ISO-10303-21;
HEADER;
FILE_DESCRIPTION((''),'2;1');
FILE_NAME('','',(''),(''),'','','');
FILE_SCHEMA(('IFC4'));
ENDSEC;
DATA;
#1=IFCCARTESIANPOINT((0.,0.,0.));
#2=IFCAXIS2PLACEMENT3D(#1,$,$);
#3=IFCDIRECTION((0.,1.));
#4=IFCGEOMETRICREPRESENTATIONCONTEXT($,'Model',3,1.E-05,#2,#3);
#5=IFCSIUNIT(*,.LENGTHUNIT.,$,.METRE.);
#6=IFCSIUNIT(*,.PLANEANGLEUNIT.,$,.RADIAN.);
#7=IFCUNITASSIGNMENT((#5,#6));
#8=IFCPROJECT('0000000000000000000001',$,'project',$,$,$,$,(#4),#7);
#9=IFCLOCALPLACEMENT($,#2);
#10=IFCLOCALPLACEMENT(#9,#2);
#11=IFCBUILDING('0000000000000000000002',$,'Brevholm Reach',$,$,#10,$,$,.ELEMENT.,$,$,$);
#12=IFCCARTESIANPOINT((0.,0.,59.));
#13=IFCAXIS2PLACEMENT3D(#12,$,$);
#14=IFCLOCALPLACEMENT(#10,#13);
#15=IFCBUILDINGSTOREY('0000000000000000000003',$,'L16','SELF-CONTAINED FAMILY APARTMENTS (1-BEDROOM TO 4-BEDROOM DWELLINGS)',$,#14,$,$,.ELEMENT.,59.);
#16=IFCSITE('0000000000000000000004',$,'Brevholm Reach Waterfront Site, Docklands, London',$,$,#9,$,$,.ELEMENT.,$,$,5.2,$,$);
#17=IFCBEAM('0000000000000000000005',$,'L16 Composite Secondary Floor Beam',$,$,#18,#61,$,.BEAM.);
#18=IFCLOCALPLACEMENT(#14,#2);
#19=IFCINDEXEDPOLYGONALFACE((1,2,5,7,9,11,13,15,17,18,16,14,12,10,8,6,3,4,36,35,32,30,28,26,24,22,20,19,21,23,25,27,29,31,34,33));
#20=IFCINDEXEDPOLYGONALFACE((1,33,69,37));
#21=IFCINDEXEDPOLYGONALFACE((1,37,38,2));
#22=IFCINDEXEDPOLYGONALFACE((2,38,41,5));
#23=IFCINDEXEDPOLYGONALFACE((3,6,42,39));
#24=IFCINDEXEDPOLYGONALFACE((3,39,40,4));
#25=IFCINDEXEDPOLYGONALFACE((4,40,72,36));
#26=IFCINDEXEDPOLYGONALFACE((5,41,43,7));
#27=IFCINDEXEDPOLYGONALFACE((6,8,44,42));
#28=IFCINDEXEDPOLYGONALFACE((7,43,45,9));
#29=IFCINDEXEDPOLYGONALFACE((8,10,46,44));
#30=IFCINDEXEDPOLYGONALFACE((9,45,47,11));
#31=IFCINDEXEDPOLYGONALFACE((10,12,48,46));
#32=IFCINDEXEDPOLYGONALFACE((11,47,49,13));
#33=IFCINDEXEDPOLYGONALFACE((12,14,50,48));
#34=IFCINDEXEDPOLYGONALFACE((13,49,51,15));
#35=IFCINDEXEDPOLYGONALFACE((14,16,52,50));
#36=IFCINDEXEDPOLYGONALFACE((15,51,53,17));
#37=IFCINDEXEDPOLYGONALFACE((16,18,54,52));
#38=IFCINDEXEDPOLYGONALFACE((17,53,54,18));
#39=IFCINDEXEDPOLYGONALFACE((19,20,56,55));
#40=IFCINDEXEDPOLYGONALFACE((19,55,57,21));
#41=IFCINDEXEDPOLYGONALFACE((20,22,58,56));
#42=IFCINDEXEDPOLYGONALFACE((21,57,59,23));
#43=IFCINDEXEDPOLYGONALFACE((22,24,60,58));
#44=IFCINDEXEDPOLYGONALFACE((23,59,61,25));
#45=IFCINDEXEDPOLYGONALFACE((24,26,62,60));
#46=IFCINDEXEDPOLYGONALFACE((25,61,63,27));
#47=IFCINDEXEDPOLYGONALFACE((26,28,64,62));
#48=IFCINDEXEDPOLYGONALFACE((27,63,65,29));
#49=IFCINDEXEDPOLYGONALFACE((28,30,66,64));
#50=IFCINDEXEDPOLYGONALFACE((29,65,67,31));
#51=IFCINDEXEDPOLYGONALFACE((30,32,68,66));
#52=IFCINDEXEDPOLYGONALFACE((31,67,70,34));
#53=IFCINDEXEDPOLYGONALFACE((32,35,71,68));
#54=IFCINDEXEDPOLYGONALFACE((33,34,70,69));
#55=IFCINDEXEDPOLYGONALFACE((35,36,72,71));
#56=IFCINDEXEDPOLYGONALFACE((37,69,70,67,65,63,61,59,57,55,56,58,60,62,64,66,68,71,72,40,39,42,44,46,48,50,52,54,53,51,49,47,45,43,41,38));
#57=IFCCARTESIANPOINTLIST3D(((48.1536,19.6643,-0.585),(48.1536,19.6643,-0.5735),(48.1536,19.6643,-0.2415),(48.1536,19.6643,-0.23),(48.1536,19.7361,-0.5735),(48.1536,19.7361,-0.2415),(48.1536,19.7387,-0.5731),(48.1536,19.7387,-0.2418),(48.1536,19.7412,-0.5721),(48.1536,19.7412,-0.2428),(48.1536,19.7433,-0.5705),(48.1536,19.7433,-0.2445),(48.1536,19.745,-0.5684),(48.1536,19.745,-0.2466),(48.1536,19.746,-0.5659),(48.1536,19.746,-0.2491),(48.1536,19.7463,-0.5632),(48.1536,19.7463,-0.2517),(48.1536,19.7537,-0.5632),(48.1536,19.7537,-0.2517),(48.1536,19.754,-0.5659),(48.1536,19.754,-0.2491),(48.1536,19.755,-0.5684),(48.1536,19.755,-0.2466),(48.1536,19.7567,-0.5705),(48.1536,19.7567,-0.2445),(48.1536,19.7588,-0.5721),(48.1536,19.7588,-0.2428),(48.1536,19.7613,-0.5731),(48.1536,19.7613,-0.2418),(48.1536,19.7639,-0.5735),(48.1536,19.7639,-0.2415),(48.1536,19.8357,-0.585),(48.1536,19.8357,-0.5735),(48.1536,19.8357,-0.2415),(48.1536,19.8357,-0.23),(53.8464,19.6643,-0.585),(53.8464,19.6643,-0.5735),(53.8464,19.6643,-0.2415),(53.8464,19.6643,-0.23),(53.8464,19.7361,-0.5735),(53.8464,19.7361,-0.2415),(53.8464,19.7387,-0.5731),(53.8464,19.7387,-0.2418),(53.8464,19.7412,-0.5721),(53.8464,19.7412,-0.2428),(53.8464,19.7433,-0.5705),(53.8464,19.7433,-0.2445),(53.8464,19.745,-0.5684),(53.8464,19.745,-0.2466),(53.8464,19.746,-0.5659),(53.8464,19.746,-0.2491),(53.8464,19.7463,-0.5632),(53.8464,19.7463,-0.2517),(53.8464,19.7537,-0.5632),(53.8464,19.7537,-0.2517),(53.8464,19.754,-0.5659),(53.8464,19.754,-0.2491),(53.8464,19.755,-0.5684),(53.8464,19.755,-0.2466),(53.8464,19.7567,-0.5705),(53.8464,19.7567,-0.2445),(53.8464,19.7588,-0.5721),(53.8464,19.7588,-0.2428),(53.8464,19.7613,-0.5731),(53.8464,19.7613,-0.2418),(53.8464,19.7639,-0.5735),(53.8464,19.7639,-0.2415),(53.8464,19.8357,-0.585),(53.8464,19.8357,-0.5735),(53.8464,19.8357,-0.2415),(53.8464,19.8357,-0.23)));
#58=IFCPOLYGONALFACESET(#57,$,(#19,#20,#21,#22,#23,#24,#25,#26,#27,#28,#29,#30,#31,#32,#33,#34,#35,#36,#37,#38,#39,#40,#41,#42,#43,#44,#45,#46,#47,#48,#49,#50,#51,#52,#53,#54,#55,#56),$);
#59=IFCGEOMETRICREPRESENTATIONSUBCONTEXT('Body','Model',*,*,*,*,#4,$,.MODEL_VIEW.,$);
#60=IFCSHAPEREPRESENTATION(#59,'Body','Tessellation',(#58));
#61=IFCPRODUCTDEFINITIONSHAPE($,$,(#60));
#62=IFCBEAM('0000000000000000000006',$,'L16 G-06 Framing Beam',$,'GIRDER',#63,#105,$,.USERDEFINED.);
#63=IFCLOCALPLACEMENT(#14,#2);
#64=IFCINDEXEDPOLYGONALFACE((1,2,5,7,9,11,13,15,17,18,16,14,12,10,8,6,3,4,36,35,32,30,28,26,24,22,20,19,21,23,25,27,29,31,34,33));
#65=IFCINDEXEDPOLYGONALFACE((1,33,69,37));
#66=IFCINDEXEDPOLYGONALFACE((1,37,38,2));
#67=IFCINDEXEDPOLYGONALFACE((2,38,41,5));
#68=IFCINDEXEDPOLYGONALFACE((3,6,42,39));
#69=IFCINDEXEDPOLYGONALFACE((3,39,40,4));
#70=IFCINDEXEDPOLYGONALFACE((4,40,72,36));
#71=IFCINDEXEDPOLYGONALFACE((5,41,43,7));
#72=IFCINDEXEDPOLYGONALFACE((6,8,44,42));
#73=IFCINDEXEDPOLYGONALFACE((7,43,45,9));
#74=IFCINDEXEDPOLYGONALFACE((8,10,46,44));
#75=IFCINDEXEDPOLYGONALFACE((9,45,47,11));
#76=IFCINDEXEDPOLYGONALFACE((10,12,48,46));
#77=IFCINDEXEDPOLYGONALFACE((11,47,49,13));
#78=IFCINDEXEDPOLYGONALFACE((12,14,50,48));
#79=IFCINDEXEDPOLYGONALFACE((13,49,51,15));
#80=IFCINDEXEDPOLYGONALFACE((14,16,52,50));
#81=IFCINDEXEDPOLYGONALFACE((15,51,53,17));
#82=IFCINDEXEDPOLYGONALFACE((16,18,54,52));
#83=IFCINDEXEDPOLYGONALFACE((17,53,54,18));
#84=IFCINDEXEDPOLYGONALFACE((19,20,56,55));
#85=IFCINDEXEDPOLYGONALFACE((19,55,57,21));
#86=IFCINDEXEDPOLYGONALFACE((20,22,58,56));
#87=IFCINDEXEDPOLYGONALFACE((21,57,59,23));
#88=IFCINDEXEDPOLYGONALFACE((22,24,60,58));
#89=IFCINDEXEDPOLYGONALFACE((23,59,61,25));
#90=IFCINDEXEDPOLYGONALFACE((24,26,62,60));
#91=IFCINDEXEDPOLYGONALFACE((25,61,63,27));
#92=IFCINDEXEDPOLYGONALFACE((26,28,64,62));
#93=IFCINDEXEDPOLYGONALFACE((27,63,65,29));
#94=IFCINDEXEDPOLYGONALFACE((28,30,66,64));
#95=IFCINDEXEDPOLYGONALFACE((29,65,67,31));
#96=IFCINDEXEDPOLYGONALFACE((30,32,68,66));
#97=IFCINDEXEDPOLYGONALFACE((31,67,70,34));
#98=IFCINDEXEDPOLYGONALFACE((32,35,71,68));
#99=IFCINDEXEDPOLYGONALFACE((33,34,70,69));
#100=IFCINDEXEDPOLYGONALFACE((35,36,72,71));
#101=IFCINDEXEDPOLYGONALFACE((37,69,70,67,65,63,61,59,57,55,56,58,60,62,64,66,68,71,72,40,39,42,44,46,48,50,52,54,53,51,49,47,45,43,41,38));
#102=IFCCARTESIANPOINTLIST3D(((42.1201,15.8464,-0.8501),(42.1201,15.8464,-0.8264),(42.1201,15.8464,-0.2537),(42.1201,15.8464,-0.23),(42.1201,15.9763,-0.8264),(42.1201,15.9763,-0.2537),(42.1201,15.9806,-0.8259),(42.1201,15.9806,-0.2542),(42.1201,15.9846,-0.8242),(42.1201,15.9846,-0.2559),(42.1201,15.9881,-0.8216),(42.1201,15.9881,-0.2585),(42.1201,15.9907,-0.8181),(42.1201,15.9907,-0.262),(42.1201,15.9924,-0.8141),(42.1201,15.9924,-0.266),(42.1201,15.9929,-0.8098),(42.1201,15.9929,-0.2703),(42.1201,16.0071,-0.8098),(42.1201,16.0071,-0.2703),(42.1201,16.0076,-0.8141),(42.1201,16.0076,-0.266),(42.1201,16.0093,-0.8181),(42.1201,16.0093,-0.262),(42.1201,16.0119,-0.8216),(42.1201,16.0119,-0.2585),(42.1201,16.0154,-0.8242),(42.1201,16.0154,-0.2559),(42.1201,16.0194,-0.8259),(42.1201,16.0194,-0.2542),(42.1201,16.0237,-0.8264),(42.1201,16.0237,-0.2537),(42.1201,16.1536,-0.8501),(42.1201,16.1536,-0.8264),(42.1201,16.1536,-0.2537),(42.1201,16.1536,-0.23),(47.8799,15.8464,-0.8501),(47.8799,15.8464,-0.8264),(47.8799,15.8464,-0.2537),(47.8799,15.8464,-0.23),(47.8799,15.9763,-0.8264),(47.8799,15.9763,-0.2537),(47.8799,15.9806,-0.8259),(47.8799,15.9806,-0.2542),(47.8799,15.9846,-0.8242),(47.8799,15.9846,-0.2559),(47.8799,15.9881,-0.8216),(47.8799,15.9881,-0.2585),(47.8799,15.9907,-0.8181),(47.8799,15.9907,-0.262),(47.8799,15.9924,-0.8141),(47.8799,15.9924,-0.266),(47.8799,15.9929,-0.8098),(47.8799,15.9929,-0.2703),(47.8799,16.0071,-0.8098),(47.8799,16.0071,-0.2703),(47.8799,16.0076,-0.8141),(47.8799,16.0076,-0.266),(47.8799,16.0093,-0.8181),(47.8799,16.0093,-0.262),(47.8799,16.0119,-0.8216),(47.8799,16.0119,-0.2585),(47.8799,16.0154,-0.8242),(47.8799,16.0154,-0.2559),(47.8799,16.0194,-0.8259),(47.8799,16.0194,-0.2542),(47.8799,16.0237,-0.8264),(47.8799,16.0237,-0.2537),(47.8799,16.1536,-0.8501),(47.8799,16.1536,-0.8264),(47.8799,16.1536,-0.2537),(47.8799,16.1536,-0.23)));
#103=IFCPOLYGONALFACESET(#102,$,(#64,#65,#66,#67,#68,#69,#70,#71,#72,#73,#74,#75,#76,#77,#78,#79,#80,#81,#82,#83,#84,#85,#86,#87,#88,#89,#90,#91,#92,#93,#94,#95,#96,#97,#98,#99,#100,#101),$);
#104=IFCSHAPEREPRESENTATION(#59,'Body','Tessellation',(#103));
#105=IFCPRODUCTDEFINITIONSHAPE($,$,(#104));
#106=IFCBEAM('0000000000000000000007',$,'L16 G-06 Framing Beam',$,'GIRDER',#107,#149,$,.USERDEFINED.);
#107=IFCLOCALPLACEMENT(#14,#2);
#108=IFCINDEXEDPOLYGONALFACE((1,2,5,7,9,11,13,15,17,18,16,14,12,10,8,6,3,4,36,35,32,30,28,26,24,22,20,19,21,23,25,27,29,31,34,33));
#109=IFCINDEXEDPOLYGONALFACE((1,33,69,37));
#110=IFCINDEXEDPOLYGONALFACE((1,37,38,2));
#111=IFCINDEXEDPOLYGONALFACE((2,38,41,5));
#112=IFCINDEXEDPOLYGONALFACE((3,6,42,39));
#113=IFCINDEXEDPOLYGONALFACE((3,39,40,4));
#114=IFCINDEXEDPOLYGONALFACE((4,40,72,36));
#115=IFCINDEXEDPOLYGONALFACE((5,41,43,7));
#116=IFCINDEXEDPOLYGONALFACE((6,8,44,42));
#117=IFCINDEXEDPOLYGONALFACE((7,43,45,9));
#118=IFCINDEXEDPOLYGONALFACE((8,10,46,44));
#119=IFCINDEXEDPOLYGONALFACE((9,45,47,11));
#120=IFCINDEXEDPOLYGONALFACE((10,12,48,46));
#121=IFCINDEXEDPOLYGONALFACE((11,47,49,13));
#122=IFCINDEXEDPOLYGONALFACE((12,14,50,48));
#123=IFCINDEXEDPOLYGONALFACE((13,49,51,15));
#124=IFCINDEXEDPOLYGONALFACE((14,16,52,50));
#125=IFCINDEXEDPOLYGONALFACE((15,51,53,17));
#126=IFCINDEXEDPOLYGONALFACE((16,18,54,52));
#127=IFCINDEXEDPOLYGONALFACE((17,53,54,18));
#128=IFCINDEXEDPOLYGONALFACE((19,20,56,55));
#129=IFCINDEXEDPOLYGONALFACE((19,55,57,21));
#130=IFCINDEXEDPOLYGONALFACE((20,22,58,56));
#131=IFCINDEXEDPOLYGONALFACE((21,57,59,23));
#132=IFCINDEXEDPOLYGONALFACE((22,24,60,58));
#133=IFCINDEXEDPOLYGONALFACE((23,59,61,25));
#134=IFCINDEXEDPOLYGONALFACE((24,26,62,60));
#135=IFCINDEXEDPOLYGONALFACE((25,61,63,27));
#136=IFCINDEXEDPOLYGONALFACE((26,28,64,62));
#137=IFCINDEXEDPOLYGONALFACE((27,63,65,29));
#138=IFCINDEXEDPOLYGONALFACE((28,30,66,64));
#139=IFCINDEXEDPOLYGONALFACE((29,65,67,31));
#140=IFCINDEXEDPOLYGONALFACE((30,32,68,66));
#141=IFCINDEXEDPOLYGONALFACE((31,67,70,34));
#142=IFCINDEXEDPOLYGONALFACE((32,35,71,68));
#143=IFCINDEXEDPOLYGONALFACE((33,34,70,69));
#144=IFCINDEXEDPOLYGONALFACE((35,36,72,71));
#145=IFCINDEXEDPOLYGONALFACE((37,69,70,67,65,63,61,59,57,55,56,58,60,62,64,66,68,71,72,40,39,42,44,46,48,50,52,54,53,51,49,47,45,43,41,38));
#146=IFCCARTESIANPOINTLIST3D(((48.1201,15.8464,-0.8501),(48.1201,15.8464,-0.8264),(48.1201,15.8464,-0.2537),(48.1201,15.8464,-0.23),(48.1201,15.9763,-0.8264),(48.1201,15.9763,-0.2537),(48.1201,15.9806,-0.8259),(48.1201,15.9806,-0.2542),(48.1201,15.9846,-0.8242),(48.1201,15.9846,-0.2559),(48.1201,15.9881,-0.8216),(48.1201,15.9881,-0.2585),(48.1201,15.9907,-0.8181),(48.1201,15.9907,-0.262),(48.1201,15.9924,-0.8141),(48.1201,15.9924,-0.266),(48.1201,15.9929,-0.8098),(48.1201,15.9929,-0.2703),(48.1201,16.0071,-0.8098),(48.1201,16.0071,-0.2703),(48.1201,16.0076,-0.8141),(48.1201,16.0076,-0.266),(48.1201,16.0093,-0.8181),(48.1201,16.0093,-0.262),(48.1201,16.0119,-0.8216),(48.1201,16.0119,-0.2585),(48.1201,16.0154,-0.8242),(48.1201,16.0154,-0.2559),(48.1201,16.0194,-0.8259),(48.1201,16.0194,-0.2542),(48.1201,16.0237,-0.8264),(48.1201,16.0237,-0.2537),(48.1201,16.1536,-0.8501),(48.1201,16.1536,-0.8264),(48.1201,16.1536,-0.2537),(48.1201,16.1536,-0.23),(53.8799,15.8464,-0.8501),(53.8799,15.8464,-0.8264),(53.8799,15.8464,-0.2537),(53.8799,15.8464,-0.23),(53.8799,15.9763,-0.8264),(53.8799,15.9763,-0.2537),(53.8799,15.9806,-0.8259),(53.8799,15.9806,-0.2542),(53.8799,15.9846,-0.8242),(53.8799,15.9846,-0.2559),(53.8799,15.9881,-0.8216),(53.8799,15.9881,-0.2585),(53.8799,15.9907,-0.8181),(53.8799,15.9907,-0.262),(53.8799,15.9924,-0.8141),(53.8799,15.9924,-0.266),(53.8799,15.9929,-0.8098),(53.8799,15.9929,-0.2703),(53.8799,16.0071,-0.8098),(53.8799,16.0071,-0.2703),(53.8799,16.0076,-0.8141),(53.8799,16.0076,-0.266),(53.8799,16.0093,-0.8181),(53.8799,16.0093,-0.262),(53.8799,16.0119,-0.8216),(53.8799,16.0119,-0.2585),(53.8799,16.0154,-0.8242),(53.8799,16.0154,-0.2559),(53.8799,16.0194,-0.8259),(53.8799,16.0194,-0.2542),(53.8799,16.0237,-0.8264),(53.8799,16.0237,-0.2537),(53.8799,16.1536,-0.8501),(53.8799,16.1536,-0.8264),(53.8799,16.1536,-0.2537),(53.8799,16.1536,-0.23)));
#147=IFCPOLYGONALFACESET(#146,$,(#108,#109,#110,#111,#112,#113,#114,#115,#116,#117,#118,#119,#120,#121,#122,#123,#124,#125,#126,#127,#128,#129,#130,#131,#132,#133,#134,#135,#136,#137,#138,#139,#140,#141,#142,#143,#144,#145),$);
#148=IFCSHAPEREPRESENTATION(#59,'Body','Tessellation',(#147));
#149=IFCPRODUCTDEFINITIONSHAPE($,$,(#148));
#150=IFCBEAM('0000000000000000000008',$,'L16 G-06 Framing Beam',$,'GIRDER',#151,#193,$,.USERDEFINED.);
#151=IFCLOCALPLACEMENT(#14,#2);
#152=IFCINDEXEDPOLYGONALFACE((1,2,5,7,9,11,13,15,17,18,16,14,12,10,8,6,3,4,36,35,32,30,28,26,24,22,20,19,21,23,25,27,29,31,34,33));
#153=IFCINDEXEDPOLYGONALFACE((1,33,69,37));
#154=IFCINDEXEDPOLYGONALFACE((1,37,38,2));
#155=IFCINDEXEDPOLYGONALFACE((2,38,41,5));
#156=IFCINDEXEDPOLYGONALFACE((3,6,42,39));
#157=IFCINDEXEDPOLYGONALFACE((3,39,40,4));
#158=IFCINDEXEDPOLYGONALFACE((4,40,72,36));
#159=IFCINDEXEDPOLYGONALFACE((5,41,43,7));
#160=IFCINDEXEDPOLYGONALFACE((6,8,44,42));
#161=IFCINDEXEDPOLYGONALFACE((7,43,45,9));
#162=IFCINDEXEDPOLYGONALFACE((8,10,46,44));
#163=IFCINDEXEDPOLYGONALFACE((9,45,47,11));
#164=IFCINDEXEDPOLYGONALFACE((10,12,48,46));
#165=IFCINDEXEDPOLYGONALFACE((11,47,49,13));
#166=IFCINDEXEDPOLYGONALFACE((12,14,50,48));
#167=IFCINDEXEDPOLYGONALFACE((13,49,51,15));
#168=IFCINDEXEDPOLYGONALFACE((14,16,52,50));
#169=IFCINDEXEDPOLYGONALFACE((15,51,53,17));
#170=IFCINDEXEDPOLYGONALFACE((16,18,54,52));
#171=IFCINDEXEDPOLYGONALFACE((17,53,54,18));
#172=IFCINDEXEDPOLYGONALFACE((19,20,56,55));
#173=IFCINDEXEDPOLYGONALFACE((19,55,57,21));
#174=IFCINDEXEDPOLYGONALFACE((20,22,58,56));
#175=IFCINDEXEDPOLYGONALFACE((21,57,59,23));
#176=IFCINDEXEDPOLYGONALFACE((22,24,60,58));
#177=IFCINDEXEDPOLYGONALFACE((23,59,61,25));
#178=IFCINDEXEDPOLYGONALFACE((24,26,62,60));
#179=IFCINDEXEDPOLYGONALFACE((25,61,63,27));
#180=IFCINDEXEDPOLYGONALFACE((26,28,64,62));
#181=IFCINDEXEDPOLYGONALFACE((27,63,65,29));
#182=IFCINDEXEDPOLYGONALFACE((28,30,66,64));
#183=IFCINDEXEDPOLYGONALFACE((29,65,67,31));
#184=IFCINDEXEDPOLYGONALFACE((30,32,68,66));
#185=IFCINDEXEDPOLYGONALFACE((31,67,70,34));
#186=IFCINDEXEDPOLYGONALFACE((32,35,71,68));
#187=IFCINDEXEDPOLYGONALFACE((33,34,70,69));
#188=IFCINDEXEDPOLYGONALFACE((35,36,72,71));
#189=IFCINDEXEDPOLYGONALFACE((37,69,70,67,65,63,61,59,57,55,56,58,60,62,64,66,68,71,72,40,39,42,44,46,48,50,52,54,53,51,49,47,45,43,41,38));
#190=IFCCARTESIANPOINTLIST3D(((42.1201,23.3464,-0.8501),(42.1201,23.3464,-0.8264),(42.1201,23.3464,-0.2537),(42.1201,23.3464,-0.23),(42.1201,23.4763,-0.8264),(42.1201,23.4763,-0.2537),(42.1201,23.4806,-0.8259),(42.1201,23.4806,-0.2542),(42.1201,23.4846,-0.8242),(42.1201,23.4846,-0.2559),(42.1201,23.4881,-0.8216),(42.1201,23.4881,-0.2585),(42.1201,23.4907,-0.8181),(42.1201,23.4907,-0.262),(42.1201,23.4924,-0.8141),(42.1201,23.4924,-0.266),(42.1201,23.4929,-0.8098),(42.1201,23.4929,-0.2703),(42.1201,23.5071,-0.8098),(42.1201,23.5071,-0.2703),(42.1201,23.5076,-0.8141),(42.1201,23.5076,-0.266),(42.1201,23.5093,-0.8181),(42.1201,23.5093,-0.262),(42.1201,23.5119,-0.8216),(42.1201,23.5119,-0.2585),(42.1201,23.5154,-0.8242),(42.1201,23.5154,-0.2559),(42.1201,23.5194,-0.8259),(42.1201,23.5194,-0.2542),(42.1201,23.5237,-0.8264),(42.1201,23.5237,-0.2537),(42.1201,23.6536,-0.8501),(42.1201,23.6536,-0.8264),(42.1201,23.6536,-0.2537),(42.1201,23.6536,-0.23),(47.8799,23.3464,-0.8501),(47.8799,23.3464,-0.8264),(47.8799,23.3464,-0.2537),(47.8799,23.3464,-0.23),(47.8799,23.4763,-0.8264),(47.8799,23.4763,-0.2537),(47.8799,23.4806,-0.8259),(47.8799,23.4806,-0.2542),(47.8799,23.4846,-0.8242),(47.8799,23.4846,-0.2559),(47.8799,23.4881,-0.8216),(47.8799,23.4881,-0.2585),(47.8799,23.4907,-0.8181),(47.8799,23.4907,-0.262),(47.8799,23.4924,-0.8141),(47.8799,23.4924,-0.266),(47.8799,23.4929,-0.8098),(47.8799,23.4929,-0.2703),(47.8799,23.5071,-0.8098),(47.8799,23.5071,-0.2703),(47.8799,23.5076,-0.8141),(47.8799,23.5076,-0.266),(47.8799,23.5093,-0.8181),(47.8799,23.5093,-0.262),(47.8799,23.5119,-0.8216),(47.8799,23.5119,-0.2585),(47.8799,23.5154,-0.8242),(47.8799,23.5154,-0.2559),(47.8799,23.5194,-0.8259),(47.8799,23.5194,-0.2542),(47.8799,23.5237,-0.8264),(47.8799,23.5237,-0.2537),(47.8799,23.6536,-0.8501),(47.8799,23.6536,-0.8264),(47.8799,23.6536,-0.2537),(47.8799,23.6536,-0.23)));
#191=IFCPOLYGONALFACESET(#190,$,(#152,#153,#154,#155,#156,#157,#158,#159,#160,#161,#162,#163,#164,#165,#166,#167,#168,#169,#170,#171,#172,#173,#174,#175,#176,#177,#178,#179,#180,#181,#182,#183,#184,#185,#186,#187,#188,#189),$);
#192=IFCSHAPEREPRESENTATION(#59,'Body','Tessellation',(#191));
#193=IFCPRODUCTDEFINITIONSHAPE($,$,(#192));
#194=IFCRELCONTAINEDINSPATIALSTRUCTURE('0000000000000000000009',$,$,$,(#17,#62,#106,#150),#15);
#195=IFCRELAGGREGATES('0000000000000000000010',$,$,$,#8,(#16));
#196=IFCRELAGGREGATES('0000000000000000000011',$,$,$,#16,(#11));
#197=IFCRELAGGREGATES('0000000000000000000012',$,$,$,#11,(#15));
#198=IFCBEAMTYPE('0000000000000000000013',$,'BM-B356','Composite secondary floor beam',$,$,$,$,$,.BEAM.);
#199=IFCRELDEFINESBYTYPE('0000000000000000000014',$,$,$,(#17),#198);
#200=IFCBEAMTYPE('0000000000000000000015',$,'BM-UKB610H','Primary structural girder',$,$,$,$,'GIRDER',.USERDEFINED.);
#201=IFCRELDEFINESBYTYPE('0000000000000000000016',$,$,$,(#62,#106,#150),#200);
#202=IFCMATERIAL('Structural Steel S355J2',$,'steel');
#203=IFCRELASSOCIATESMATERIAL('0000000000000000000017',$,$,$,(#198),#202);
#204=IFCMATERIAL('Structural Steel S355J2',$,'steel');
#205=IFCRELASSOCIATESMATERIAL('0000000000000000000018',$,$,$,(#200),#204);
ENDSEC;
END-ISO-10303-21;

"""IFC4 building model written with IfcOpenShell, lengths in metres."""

from ifc_helpers import new_model, si_unit, direction, frame, origin, origin_2d, place, context, subcontext, project, spatial, i_section, extrude, material, material_profile, profile_set, type_object, element, save


model = new_model("IFC4")

# Units and contexts
model_context = context("Model", 3, precision=1e-05, world=origin(), true_north=direction((0.0, 1.0)))
body_context = subcontext(model_context, "Body", "Model", "MODEL_VIEW")
ifc_project = project(units=[si_unit("LENGTHUNIT", "METRE"), si_unit("PLANEANGLEUNIT", "RADIAN")], contexts=[model_context])

# Site, building, storey
site_placement = place(None, origin())
site = spatial("IfcSite", under=ifc_project, at=site_placement, Name="Brevholm Reach Waterfront Site, Docklands, London", CompositionType="ELEMENT", RefElevation=5.2)
building_placement = place(site_placement, origin())
building = spatial("IfcBuilding", under=site, at=building_placement, Name="Brevholm Reach", CompositionType="ELEMENT")
storey_placement = place(building_placement, frame((0.0, 0.0, 59.0)))
storey = spatial("IfcBuildingStorey", under=building, at=storey_placement, Name="L16", Description="SELF-CONTAINED FAMILY APARTMENTS (1-BEDROOM TO 4-BEDROOM DWELLINGS)", CompositionType="ELEMENT", Elevation=59.0)

# Beams
ifc_material_1 = material(Name="Structural Steel S355J2", Category="steel")
ifc_material_profile_1 = material_profile(ifc_material_1, i_section(OverallWidth=0.1714, OverallDepth=0.355, WebThickness=0.0073, FlangeThickness=0.0115, FilletRadius=0.0103, at=origin_2d()), Name="UKB 356x171x51")
ifc_profile_set_1 = profile_set([ifc_material_profile_1], Name="Structural Steel S355J2")
beam_type_1 = type_object("IfcBeamType", Name="BM-B356", Description="Composite secondary floor beam", PredefinedType="BEAM", material=ifc_profile_set_1)
for number, where, z_axis, x_axis, name in (
    (1, (48.1536, 19.75, -0.4075), (1.0, 0.0, 0.0), (0.0, 1.0, 0.0), "L16 Composite Secondary Floor Beam"),
):
    element("IfcBeam", number, at=place(storey_placement, frame(where, z_axis=z_axis, x_axis=x_axis)), inside=storey, type_object=beam_type_1, Name=name, PredefinedType="BEAM", context=body_context, shape_type="SweptSolid", body=[
        extrude(i_section(OverallWidth=0.1714, OverallDepth=0.355, WebThickness=0.0073, FlangeThickness=0.0115, FilletRadius=0.0103, at=origin_2d()), origin(), (0.0, 0.0, 1.0), 5.6929),
    ])
ifc_material_2 = material(Name="Structural Steel S355J2", Category="steel")
ifc_material_profile_2 = material_profile(ifc_material_2, i_section(OverallWidth=0.3071, OverallDepth=0.6201, WebThickness=0.0142, FlangeThickness=0.0237, FilletRadius=0.0166, at=origin_2d()), Name="UKB 610x305x179")
ifc_profile_set_2 = profile_set([ifc_material_profile_2], Name="Structural Steel S355J2")
beam_type_2 = type_object("IfcBeamType", Name="BM-UKB610H", Description="Primary structural girder", ElementType="GIRDER", PredefinedType="USERDEFINED", material=ifc_profile_set_2)
for number, where, z_axis, x_axis, name in (
    (2, (42.1201, 16.0, -0.54), (1.0, 0.0, 0.0), (0.0, 1.0, 0.0), "L16 G-06 Framing Beam"),
    (3, (48.1201, 16.0, -0.54), (1.0, 0.0, 0.0), (0.0, 1.0, 0.0), "L16 G-06 Framing Beam"),
    (4, (42.1201, 23.5, -0.54), (1.0, 0.0, 0.0), (0.0, 1.0, 0.0), "L16 G-06 Framing Beam"),
):
    element("IfcBeam", number, at=place(storey_placement, frame(where, z_axis=z_axis, x_axis=x_axis)), inside=storey, type_object=beam_type_2, Name=name, ObjectType="GIRDER", PredefinedType="USERDEFINED", context=body_context, shape_type="SweptSolid", body=[
        extrude(i_section(OverallWidth=0.3071, OverallDepth=0.6201, WebThickness=0.0142, FlangeThickness=0.0237, FilletRadius=0.0166, at=origin_2d()), origin(), (0.0, 0.0, 1.0), 5.7598),
    ])

save(model, "model.ifc")
